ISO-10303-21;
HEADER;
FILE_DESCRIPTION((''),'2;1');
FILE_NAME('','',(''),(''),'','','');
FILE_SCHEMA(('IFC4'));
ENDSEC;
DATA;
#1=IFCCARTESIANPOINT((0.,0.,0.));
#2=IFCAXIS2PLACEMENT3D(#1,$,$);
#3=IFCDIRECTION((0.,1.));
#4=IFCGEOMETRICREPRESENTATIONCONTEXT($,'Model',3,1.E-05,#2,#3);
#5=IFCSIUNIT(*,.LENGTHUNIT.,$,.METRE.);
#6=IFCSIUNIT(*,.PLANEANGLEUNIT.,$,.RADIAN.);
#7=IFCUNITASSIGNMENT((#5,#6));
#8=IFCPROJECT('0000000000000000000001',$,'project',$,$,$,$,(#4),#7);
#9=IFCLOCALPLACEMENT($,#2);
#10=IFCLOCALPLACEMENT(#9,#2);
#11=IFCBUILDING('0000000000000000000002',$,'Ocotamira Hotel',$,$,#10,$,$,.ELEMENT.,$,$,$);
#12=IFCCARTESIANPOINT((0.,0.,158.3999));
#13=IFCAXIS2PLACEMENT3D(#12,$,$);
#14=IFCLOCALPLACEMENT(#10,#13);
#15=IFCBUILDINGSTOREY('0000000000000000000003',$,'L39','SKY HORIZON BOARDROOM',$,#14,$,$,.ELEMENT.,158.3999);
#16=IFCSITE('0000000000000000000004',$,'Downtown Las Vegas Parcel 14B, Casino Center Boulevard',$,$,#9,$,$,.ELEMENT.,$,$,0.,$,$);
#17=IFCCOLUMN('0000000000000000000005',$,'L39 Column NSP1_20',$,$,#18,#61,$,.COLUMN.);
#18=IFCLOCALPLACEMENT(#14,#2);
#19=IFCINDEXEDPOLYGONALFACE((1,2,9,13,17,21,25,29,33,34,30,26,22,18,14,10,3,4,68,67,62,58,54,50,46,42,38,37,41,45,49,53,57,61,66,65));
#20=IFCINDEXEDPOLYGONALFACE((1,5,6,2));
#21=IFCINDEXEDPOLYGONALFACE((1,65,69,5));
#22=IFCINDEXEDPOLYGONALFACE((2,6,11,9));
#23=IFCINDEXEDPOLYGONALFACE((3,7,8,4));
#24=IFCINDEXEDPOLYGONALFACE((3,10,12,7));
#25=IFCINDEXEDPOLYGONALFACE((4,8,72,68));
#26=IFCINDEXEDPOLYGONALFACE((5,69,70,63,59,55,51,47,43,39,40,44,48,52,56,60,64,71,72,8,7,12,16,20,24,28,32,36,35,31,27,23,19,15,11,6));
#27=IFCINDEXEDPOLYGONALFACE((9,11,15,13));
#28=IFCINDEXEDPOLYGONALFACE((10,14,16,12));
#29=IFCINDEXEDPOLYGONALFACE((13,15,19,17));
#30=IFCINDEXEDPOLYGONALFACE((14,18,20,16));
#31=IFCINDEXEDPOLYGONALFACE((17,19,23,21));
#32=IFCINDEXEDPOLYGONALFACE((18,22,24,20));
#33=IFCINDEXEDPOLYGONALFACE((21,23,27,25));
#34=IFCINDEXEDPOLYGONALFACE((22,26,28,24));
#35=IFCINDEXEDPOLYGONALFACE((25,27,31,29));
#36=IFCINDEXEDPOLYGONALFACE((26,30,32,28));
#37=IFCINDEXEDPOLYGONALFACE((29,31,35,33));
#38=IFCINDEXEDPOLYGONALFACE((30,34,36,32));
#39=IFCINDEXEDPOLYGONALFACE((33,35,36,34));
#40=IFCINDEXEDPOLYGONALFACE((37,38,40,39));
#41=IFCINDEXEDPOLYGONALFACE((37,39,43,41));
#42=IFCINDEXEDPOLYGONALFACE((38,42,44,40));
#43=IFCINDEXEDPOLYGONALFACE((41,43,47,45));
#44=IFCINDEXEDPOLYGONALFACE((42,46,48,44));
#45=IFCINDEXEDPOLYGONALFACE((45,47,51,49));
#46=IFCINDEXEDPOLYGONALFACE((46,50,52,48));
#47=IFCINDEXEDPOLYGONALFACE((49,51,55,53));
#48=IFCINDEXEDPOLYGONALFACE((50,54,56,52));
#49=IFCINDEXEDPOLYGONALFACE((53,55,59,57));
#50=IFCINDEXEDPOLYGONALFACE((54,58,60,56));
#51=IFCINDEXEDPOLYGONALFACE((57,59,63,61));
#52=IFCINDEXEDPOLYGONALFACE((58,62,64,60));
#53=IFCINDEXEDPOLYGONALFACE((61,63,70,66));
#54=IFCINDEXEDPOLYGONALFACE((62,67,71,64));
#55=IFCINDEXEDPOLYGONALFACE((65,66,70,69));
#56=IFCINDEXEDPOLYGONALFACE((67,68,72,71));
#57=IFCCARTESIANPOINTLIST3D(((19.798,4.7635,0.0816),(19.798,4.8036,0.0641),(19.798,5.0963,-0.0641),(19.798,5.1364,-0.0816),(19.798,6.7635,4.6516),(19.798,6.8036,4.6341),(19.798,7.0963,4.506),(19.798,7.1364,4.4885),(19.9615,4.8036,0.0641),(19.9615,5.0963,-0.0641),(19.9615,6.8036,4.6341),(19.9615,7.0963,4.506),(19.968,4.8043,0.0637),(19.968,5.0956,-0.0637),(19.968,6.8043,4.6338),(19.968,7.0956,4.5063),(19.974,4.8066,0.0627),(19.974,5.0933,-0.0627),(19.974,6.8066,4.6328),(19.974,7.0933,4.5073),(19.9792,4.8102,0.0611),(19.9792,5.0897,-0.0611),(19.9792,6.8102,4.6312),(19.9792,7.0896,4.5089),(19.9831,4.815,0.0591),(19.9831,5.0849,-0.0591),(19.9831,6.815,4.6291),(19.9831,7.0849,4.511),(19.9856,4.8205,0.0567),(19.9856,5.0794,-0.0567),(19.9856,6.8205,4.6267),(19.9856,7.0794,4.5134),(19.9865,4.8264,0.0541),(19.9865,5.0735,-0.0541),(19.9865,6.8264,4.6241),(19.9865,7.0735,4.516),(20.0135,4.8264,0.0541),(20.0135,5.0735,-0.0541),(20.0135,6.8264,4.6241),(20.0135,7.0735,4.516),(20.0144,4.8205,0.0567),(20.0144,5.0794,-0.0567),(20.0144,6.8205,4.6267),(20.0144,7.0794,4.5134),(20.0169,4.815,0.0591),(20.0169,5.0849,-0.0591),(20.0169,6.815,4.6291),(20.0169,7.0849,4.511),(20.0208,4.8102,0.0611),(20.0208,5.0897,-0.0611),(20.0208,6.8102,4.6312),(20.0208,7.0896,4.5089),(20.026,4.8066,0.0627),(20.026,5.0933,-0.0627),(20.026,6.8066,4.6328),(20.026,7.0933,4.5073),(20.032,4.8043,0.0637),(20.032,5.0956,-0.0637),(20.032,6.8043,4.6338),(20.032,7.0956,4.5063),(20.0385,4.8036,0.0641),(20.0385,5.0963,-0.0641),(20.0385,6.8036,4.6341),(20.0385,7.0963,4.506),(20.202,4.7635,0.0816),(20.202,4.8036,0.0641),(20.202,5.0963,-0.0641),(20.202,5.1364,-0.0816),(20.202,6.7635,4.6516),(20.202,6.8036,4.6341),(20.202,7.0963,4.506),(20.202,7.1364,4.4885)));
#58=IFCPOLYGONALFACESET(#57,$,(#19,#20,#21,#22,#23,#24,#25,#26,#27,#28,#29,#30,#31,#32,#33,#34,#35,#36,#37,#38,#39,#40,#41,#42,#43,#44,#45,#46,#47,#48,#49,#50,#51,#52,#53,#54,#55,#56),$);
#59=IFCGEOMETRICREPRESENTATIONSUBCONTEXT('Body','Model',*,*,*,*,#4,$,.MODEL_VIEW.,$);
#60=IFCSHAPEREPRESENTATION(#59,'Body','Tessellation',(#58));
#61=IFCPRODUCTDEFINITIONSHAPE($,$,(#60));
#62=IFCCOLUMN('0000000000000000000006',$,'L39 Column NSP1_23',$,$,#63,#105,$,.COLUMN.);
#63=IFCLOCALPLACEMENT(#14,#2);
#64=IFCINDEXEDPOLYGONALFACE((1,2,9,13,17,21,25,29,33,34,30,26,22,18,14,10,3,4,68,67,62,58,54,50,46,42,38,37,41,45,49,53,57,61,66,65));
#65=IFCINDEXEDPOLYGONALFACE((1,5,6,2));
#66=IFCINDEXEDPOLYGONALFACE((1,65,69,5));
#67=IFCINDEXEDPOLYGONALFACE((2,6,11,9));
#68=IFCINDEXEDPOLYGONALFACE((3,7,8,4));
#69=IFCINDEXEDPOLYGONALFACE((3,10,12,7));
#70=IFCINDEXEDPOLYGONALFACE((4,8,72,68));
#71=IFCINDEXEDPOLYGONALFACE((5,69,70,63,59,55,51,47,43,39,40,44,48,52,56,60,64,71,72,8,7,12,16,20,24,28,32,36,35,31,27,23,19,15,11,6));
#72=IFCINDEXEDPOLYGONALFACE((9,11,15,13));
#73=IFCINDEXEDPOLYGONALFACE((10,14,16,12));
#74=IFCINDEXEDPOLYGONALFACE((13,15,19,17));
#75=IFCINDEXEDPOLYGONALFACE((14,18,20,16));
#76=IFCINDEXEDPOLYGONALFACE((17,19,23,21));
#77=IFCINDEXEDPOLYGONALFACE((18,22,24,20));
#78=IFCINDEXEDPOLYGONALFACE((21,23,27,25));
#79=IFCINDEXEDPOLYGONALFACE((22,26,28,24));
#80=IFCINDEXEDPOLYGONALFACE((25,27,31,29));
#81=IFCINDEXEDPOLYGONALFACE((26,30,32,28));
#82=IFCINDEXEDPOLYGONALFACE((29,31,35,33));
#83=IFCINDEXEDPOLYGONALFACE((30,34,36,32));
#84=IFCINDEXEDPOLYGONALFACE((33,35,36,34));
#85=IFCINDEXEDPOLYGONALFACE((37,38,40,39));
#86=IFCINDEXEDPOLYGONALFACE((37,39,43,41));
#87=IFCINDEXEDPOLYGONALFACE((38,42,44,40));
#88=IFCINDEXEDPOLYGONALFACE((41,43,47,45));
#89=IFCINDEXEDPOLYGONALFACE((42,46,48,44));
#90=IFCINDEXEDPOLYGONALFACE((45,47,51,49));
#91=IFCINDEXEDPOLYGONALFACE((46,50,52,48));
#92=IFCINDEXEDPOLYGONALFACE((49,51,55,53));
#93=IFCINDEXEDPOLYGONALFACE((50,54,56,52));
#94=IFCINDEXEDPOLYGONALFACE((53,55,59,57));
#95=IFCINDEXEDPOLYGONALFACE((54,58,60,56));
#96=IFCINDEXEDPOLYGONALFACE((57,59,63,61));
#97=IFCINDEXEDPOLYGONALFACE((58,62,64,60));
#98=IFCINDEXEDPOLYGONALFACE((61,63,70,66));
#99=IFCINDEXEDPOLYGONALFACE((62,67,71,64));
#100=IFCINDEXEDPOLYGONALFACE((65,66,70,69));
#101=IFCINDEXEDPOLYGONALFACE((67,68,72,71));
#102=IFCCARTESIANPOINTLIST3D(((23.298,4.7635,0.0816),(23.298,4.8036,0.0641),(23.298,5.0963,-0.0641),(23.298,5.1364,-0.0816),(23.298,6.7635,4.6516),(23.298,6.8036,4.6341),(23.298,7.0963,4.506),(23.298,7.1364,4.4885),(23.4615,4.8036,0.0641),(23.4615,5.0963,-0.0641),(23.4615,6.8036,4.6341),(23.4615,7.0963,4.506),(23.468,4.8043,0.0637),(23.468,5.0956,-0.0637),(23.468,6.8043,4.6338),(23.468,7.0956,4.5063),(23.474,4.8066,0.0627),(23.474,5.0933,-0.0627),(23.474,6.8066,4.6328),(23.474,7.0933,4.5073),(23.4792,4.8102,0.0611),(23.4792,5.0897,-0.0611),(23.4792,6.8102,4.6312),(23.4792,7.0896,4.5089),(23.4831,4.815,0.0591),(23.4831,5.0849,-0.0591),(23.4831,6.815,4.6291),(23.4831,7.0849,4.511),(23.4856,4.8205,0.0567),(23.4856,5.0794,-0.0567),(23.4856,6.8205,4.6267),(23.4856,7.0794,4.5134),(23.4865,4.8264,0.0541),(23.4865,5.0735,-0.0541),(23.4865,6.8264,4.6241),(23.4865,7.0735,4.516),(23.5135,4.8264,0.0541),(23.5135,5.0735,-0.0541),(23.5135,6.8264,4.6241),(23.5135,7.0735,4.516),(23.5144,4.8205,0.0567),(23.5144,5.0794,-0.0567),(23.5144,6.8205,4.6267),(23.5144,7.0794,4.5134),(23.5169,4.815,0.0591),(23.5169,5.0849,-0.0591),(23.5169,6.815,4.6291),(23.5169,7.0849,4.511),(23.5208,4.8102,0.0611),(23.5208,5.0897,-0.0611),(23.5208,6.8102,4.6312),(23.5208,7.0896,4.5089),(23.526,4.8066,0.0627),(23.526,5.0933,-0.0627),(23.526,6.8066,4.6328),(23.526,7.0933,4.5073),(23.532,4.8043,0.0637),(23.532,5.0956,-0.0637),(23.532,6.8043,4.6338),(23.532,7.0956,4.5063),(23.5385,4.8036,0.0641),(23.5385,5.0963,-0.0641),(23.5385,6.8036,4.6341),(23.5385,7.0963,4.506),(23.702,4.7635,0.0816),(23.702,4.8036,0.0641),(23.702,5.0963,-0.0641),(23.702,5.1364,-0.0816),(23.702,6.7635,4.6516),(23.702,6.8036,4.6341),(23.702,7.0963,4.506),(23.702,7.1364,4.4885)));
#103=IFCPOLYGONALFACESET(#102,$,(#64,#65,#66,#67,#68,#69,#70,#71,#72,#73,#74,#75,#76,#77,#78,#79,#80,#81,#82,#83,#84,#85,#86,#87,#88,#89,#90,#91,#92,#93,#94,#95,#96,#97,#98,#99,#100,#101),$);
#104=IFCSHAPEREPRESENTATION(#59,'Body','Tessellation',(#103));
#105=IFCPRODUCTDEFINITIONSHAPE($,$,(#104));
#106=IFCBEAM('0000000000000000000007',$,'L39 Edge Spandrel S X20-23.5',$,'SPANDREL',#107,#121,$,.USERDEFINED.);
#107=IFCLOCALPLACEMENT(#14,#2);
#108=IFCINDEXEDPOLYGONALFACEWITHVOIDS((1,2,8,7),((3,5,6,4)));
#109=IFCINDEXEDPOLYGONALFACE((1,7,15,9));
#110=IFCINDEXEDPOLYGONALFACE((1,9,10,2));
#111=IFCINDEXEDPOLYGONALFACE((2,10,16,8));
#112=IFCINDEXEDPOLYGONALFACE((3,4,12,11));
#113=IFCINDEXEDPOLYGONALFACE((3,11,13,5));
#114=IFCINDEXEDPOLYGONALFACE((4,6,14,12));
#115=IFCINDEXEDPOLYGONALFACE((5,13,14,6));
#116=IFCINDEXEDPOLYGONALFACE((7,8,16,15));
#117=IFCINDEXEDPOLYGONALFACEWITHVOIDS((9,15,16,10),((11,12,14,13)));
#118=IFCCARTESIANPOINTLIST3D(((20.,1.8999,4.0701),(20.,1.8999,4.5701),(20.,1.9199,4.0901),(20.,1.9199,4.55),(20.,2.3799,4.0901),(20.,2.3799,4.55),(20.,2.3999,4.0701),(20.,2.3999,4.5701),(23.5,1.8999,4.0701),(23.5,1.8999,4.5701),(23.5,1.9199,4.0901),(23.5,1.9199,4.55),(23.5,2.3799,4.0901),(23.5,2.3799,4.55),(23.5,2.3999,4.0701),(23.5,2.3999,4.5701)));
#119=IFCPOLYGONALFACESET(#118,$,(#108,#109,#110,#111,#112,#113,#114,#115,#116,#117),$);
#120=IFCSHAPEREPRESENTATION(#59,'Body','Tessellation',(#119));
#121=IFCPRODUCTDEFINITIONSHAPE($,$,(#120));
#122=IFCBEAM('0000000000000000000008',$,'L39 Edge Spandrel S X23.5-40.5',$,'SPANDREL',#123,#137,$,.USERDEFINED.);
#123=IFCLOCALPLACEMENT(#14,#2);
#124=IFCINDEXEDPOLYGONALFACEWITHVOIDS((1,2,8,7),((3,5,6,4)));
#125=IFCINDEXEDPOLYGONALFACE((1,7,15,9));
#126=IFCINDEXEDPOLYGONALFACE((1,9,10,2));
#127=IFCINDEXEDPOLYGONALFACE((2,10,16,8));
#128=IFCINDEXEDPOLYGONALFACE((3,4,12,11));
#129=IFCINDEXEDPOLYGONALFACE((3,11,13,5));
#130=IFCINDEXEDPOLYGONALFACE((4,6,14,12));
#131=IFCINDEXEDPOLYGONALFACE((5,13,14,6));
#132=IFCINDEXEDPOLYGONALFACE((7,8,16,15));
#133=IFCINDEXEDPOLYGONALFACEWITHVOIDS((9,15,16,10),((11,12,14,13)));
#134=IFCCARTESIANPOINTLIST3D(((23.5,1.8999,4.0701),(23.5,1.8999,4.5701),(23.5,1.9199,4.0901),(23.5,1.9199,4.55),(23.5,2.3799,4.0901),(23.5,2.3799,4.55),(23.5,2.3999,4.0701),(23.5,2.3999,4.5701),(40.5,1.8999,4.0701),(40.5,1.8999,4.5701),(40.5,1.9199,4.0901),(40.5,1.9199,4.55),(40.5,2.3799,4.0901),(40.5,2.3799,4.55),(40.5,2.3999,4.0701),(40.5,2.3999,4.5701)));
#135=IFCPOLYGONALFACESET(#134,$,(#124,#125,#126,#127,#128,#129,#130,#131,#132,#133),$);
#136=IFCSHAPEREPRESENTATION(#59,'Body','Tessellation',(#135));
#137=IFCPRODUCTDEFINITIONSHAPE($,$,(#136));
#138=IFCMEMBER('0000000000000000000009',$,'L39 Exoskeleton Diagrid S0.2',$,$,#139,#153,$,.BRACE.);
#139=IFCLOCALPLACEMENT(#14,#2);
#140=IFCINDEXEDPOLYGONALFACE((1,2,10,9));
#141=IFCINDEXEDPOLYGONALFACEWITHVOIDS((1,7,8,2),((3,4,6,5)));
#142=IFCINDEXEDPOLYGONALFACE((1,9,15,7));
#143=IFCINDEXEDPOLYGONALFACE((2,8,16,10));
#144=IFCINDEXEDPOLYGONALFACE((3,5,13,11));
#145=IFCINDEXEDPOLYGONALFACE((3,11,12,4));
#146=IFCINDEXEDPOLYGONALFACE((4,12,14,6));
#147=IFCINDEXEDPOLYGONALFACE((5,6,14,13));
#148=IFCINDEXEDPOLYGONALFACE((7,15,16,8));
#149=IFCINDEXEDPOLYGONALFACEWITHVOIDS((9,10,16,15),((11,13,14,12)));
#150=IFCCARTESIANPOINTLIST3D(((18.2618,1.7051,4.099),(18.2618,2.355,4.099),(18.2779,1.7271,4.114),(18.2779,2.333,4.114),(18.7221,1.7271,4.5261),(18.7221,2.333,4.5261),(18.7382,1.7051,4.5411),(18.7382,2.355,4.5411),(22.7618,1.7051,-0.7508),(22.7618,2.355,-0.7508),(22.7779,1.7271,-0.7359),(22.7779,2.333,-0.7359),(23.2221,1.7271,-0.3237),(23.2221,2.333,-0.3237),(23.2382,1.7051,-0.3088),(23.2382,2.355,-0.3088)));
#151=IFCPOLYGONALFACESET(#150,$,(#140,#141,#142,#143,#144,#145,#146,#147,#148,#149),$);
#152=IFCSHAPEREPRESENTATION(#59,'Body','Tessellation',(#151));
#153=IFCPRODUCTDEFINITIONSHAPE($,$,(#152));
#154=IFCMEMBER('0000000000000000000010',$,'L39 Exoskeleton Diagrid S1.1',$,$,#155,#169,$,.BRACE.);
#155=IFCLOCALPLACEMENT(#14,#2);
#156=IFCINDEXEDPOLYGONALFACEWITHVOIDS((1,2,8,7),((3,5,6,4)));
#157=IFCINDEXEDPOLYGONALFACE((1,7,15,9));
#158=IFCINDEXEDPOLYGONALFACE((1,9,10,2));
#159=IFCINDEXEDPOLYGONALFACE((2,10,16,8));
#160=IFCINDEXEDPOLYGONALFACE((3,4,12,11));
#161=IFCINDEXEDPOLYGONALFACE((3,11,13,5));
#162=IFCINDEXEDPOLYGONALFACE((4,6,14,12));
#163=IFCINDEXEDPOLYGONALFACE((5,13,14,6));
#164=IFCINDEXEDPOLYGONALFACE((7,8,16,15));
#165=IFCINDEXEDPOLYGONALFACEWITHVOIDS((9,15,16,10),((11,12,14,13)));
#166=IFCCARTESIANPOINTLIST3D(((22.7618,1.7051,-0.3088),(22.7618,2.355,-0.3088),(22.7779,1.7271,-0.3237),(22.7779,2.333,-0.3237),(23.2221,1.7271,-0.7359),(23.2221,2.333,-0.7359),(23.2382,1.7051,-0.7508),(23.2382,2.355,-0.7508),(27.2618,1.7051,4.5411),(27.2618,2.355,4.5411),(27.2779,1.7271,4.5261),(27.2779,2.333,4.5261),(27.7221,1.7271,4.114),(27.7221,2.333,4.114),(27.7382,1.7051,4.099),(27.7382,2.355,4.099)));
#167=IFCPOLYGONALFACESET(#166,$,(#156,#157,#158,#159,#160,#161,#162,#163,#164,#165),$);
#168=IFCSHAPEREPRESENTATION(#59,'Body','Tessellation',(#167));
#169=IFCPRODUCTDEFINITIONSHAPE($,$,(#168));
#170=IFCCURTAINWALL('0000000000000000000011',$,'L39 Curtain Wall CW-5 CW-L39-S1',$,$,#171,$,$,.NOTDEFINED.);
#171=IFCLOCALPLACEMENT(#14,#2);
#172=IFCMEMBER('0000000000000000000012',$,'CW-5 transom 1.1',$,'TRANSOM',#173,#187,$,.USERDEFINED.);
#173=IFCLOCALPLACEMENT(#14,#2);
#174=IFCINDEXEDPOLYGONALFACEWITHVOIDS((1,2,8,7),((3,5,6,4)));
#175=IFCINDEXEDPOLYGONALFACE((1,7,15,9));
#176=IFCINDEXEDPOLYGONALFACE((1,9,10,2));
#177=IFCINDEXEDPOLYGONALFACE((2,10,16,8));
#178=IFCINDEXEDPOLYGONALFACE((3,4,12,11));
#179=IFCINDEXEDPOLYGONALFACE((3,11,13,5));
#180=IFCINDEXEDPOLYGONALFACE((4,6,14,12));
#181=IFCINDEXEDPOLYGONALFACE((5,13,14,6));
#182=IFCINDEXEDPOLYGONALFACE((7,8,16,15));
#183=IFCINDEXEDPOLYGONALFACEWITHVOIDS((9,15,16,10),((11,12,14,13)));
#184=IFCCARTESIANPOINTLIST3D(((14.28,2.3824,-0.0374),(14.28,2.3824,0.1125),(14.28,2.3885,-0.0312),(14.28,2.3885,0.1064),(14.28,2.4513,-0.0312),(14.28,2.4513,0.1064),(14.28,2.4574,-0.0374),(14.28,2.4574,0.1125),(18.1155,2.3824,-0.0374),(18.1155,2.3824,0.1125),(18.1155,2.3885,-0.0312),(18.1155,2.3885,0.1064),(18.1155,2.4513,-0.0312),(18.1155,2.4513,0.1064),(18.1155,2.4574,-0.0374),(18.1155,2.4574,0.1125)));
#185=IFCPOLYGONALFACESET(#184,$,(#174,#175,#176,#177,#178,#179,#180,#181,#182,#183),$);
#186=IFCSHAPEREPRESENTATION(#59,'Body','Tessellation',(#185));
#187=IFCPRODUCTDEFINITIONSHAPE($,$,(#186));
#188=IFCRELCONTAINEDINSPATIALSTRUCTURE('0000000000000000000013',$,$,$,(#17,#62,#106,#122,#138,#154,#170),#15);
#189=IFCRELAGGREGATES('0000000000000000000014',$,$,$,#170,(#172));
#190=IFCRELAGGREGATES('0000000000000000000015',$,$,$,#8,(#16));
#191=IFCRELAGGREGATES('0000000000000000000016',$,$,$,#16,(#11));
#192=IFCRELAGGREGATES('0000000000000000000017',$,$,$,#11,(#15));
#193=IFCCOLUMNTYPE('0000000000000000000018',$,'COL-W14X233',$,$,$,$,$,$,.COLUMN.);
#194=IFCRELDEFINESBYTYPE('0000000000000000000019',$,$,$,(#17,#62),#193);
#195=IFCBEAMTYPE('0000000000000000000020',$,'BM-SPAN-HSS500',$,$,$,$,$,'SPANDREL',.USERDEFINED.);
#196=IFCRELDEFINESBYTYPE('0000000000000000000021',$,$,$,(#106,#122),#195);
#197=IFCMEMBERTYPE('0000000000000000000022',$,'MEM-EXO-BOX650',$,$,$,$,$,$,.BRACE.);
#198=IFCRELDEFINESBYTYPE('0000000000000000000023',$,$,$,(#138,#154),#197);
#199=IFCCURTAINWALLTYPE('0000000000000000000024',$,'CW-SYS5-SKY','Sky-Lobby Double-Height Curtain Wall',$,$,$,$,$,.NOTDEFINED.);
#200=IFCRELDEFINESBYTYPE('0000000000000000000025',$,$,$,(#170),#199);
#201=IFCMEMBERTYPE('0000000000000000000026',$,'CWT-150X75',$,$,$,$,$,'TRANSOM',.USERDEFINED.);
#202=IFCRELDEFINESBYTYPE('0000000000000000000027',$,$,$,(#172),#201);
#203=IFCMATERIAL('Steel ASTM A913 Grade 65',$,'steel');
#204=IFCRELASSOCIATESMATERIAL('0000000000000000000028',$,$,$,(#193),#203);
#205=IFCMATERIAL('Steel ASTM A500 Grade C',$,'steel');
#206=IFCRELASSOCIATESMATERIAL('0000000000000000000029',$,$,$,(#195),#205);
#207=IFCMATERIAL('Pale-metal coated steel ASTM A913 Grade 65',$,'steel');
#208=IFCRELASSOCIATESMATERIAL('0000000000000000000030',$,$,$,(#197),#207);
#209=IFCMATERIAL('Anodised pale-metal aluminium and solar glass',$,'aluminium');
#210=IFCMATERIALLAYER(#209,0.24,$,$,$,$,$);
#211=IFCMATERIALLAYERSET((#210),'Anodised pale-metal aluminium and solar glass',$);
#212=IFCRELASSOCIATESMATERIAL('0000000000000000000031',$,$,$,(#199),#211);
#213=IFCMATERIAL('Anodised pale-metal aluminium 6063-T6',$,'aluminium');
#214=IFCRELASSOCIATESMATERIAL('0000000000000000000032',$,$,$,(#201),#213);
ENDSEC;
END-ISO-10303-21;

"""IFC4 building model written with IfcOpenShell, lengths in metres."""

from ifc_helpers import new_model, si_unit, direction, frame, origin, origin_2d, place, context, subcontext, project, spatial, hollow_rectangle, i_section, extrude, source, transform, mapped, material, layer, layer_set, material_profile, profile_set, type_object, element, aggregate, save


model = new_model("IFC4")

# Units and contexts
model_context = context("Model", 3, precision=1e-05, world=origin(), true_north=direction((0.0, 1.0)))
body_context = subcontext(model_context, "Body", "Model", "MODEL_VIEW")
ifc_project = project(units=[si_unit("LENGTHUNIT", "METRE"), si_unit("PLANEANGLEUNIT", "RADIAN")], contexts=[model_context])

# Site, building, storey
site_placement = place(None, origin())
site = spatial("IfcSite", under=ifc_project, at=site_placement, Name="Downtown Las Vegas Parcel 14B, Casino Center Boulevard", CompositionType="ELEMENT", RefElevation=0.0)
building_placement = place(site_placement, origin())
building = spatial("IfcBuilding", under=site, at=building_placement, Name="Ocotamira Hotel", CompositionType="ELEMENT")
storey_placement = place(building_placement, frame((0.0, 0.0, 158.3999)))
storey = spatial("IfcBuildingStorey", under=building, at=storey_placement, Name="L39", Description="SKY HORIZON BOARDROOM", CompositionType="ELEMENT", Elevation=158.3999)

# Columns
ifc_material_1 = material(Name="Steel ASTM A913 Grade 65", Category="steel")
ifc_material_profile_1 = material_profile(ifc_material_1, i_section(OverallWidth=0.4041, OverallDepth=0.407, WebThickness=0.0271, FlangeThickness=0.0437, FilletRadius=0.0249, at=origin_2d()), Name="W14X233")
ifc_profile_set_1 = profile_set([ifc_material_profile_1], Name="Steel ASTM A913 Grade 65")
column_type = type_object("IfcColumnType", Name="COL-W14X233", PredefinedType="COLUMN", material=ifc_profile_set_1)
shared_shape_1 = source(origin(), body_context, "Body", "SweptSolid", [
    extrude(i_section(OverallWidth=0.4041, OverallDepth=0.407, WebThickness=0.0271, FlangeThickness=0.0437, FilletRadius=0.0249, at=origin_2d()), origin(), (0.0, 0.0, 1.0), 4.9885),
])
for number, where, z_axis, x_axis, name in (
    (1, (20.0, 4.95, 0.0), (0.0, 0.400919, 0.916114), (-1.0, 0.0, 0.0), "L39 Column NSP1_20"),
    (2, (23.5, 4.95, 0.0), (0.0, 0.400919, 0.916114), (-1.0, 0.0, 0.0), "L39 Column NSP1_23"),
):
    element("IfcColumn", number, at=place(storey_placement, frame(where, z_axis=z_axis, x_axis=x_axis)), inside=storey, type_object=column_type, Name=name, PredefinedType="COLUMN", context=body_context, shape_type="MappedRepresentation", body=[
        mapped(shared_shape_1, transform((0.0, 0.0, 0.0), scale=1.0)),
    ])

# Beams
ifc_material_2 = material(Name="Steel ASTM A500 Grade C", Category="steel")
ifc_material_profile_2 = material_profile(ifc_material_2, hollow_rectangle(XDim=0.5, YDim=0.5, WallThickness=0.02, at=origin_2d()), Name="HSS500X500X20")
ifc_profile_set_2 = profile_set([ifc_material_profile_2], Name="Steel ASTM A500 Grade C")
beam_type = type_object("IfcBeamType", Name="BM-SPAN-HSS500", ElementType="SPANDREL", PredefinedType="USERDEFINED", material=ifc_profile_set_2)
shared_shape_2 = source(origin(), body_context, "Body", "SweptSolid", [
    extrude(hollow_rectangle(XDim=0.5, YDim=0.5, WallThickness=0.02, at=origin_2d()), origin(), (0.0, 0.0, 1.0), 3.5),
])
beam_1_placement = place(storey_placement, frame((20.0, 2.1499, 4.3201), z_axis=(1.0, 0.0, 0.0), x_axis=(0.0, 1.0, 0.0)))
element("IfcBeam", 3, at=beam_1_placement, inside=storey, type_object=beam_type, Name="L39 Edge Spandrel S X20-23.5", ObjectType="SPANDREL", PredefinedType="USERDEFINED", context=body_context, shape_type="MappedRepresentation", body=[
    mapped(shared_shape_2, transform((0.0, 0.0, 0.0), scale=1.0)),
])
shared_shape_3 = source(origin(), body_context, "Body", "SweptSolid", [
    extrude(hollow_rectangle(XDim=0.5, YDim=0.5, WallThickness=0.02, at=origin_2d()), origin(), (0.0, 0.0, 1.0), 17.0),
])
beam_2_placement = place(storey_placement, frame((23.5, 2.1499, 4.3201), z_axis=(1.0, 0.0, 0.0), x_axis=(0.0, 1.0, 0.0)))
element("IfcBeam", 4, at=beam_2_placement, inside=storey, type_object=beam_type, Name="L39 Edge Spandrel S X23.5-40.5", ObjectType="SPANDREL", PredefinedType="USERDEFINED", context=body_context, shape_type="MappedRepresentation", body=[
    mapped(shared_shape_3, transform((0.0, 0.0, 0.0), scale=1.0)),
])

# Members
ifc_material_3 = material(Name="Pale-metal coated steel ASTM A913 Grade 65", Category="steel")
ifc_material_profile_3 = material_profile(ifc_material_3, hollow_rectangle(XDim=0.6499, YDim=0.6499, WallThickness=0.022, at=origin_2d()), Name="BOX650X650X22")
ifc_profile_set_3 = profile_set([ifc_material_profile_3], Name="Pale-metal coated steel ASTM A913 Grade 65")
member_type_1 = type_object("IfcMemberType", Name="MEM-EXO-BOX650", PredefinedType="BRACE", material=ifc_profile_set_3)
shared_shape_4 = source(origin(), body_context, "Body", "SweptSolid", [
    extrude(hollow_rectangle(XDim=0.6499, YDim=0.6499, WallThickness=0.022, at=origin_2d()), origin(), (0.0, 0.0, 1.0), 6.616),
])
for number, where, z_axis, x_axis, name in (
    (5, (23.0, 2.03, -0.5298), (-0.680172, 0.0, 0.733052), (0.0, -1.0, 0.0), "L39 Exoskeleton Diagrid S0.2"),
    (6, (23.0, 2.03, -0.5298), (0.680172, 0.0, 0.733052), (0.0, 1.0, 0.0), "L39 Exoskeleton Diagrid S1.1"),
):
    element("IfcMember", number, at=place(storey_placement, frame(where, z_axis=z_axis, x_axis=x_axis)), inside=storey, type_object=member_type_1, Name=name, PredefinedType="BRACE", context=body_context, shape_type="MappedRepresentation", body=[
        mapped(shared_shape_4, transform((0.0, 0.0, 0.0), scale=1.0)),
    ])

# Curtain wall, member
ifc_material_4 = material(Name="Anodised pale-metal aluminium and solar glass", Category="aluminium")
ifc_layer_1 = layer(ifc_material_4, 0.24)
ifc_layer_set_1 = layer_set([ifc_layer_1], Name="Anodised pale-metal aluminium and solar glass")
curtain_wall_type = type_object("IfcCurtainWallType", Name="CW-SYS5-SKY", Description="Sky-Lobby Double-Height Curtain Wall", PredefinedType="NOTDEFINED", material=ifc_layer_set_1)
curtain_wall_placement = place(storey_placement, origin())
curtain_wall = element("IfcCurtainWall", 7, at=curtain_wall_placement, inside=storey, type_object=curtain_wall_type, Name="L39 Curtain Wall CW-5 CW-L39-S1", PredefinedType="NOTDEFINED")
ifc_material_5 = material(Name="Anodised pale-metal aluminium 6063-T6", Category="aluminium")
ifc_material_profile_4 = material_profile(ifc_material_5, hollow_rectangle(XDim=0.075, YDim=0.1499, WallThickness=0.0061, at=origin_2d()), Name="HSS150X75X6")
ifc_profile_set_4 = profile_set([ifc_material_profile_4], Name="Anodised pale-metal aluminium 6063-T6")
member_type_2 = type_object("IfcMemberType", Name="CWT-150X75", ElementType="TRANSOM", PredefinedType="USERDEFINED", material=ifc_profile_set_4)
shared_shape_5 = source(origin(), body_context, "Body", "SweptSolid", [
    extrude(hollow_rectangle(XDim=0.075, YDim=0.1499, WallThickness=0.0061, at=origin_2d()), origin(), (0.0, 0.0, 1.0), 3.8354),
])
member_1_placement = place(storey_placement, frame((14.28, 2.4199, 0.0376), z_axis=(1.0, 0.0, 0.0), x_axis=(0.0, 1.0, 0.0)))
member_1 = element("IfcMember", 8, at=member_1_placement, type_object=member_type_2, Name="CW-5 transom 1.1", ObjectType="TRANSOM", PredefinedType="USERDEFINED", context=body_context, shape_type="MappedRepresentation", body=[
    mapped(shared_shape_5, transform((0.0, 0.0, 0.0), scale=1.0)),
])

aggregate(curtain_wall, [member_1])

save(model, "model.ifc")
